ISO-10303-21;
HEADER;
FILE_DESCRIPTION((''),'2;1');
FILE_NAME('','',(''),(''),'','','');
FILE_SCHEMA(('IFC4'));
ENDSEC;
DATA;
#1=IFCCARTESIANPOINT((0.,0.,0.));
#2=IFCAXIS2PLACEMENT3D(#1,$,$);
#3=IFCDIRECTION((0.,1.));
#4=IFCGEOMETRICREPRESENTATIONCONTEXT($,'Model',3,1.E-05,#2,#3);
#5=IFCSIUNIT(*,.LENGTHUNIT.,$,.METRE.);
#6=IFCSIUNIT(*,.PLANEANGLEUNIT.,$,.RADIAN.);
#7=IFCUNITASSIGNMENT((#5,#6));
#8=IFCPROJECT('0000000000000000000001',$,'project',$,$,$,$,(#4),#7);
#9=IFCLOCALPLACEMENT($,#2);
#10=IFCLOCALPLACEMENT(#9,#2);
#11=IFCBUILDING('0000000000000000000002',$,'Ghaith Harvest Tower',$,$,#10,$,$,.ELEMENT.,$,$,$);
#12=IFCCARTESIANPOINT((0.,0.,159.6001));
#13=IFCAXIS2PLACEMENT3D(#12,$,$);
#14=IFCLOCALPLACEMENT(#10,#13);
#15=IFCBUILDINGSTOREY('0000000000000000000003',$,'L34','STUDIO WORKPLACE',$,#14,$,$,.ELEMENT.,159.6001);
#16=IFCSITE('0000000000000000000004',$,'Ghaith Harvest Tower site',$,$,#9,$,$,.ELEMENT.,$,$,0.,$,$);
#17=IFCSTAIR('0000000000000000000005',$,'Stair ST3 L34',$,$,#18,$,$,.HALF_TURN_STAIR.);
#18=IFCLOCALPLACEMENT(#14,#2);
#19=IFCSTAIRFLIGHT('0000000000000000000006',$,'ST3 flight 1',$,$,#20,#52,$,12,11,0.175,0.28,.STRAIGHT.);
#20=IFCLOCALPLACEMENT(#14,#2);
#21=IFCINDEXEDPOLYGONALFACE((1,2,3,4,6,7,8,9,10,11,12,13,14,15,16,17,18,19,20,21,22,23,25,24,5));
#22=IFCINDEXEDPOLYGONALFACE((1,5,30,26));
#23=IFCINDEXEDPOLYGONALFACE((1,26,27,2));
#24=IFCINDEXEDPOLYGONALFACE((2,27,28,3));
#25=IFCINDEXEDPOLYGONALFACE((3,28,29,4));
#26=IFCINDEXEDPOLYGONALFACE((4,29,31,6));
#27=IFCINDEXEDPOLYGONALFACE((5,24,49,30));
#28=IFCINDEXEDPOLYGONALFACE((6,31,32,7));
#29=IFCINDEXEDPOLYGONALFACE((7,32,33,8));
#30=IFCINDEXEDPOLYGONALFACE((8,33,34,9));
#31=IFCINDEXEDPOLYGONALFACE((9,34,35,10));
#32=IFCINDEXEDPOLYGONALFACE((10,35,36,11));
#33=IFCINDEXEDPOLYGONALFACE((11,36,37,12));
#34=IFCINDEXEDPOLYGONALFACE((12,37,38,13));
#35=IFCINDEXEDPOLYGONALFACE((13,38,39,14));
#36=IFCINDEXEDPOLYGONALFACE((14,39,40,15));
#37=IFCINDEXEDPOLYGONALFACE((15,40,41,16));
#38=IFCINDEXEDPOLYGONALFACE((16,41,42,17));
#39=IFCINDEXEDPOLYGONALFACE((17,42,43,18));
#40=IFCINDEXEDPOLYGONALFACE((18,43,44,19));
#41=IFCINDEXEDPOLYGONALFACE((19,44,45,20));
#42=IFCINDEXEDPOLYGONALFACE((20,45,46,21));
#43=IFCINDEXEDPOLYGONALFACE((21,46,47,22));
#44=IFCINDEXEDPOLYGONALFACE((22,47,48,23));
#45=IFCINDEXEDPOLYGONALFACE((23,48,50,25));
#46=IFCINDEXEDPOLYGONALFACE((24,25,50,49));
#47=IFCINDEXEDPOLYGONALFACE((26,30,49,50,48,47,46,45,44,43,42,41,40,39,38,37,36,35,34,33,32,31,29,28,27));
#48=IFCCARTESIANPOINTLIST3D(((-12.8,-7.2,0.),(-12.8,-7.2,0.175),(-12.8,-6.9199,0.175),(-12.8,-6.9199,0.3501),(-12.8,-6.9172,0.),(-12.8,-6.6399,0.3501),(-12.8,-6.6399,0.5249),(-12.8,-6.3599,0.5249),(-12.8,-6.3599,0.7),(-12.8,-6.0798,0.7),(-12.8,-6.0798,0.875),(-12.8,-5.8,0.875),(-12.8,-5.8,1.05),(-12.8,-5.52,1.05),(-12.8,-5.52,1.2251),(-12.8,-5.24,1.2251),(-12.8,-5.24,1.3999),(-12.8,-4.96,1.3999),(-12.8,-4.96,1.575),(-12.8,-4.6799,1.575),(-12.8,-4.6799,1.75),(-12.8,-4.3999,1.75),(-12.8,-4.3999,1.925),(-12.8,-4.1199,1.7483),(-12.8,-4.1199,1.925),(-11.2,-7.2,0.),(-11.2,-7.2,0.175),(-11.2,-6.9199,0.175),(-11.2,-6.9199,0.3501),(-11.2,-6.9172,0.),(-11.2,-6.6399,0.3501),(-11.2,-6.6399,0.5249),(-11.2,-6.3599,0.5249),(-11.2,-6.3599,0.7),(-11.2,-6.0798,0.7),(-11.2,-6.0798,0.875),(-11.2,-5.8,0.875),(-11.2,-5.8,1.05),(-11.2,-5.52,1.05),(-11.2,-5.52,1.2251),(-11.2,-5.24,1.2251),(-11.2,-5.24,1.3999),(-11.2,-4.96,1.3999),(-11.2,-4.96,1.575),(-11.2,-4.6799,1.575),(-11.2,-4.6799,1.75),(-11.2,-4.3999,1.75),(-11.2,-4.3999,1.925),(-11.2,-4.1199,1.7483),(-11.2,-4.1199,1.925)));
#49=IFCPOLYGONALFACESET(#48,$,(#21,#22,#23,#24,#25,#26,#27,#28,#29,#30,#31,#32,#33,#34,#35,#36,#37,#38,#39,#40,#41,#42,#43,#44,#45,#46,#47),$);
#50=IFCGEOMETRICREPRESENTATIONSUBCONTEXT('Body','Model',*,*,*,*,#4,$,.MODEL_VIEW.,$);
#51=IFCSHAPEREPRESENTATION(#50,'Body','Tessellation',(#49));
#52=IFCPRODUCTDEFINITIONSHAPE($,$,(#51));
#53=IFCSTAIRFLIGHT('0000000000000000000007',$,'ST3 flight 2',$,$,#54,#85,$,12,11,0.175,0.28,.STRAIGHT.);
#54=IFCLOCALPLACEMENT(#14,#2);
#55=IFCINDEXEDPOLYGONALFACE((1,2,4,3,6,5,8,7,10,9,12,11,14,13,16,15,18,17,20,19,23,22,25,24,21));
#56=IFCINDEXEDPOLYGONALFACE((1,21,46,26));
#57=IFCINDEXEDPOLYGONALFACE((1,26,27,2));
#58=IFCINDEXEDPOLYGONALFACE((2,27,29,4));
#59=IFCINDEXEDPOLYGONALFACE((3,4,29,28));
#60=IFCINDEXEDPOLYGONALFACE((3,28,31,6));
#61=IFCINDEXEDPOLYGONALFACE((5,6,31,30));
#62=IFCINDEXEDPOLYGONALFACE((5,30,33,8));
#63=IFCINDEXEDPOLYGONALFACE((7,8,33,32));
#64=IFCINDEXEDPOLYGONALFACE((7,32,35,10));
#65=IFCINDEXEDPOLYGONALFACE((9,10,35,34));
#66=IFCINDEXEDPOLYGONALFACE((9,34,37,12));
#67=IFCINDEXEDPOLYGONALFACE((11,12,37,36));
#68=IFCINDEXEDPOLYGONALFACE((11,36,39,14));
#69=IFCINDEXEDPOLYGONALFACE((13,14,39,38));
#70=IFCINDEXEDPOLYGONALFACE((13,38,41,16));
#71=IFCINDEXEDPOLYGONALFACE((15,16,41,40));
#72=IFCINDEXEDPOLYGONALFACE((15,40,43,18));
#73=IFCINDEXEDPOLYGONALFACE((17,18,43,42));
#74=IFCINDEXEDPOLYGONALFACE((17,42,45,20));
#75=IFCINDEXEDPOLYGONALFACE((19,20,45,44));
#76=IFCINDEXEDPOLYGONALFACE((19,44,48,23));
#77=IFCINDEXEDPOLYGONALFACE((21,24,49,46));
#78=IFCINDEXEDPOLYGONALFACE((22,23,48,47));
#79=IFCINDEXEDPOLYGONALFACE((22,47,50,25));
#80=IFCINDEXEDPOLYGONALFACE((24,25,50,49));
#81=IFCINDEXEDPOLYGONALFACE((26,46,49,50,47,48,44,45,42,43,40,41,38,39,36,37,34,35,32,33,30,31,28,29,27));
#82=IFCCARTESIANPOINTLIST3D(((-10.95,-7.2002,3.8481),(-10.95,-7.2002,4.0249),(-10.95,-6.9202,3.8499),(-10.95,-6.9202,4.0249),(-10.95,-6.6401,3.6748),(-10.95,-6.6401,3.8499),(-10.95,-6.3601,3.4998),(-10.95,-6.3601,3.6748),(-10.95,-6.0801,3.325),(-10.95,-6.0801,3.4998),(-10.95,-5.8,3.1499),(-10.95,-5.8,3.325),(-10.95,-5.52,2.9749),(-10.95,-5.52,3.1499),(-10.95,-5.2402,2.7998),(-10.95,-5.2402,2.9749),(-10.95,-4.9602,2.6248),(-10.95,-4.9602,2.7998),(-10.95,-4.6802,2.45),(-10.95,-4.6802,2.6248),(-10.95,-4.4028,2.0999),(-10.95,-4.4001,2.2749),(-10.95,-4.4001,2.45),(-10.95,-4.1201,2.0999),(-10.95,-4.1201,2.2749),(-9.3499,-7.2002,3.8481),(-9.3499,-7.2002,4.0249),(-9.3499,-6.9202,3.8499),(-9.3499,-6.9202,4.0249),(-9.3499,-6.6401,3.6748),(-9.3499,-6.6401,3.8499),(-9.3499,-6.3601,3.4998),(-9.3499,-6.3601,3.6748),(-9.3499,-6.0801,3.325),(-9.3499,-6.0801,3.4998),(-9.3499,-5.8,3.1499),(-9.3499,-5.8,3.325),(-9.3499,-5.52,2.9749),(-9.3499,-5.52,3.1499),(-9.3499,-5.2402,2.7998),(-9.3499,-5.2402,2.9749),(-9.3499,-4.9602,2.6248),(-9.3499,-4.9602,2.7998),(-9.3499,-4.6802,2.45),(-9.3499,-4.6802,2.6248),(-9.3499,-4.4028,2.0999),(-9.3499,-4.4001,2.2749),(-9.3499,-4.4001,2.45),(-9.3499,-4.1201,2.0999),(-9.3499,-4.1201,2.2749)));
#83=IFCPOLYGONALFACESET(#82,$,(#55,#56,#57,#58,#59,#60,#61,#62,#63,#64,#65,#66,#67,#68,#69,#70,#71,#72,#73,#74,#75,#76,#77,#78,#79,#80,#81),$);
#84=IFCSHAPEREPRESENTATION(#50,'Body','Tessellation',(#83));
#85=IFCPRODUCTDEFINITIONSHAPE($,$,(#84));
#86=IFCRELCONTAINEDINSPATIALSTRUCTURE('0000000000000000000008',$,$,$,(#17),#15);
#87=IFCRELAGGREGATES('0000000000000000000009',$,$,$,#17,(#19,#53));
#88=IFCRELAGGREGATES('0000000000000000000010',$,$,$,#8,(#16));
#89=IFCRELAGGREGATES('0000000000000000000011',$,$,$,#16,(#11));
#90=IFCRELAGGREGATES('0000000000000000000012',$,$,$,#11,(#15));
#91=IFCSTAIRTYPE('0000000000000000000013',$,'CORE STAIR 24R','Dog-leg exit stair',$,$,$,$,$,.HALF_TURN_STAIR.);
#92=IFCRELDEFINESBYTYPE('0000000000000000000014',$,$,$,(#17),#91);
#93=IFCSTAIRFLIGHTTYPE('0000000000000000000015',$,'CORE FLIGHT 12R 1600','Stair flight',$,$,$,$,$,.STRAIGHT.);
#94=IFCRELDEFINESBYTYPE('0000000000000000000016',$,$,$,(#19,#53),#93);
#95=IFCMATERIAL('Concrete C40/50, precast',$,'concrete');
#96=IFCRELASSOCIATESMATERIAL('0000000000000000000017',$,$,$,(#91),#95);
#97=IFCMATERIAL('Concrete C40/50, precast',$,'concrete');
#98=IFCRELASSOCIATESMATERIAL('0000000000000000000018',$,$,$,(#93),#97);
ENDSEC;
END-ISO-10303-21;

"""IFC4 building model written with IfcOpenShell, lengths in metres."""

from ifc_helpers import new_model, si_unit, direction, frame, origin, place, context, subcontext, project, spatial, polyline, outline, extrude, material, type_object, element, aggregate, save


model = new_model("IFC4")

# Units and contexts
model_context = context("Model", 3, precision=1e-05, world=origin(), true_north=direction((0.0, 1.0)))
body_context = subcontext(model_context, "Body", "Model", "MODEL_VIEW")
ifc_project = project(units=[si_unit("LENGTHUNIT", "METRE"), si_unit("PLANEANGLEUNIT", "RADIAN")], contexts=[model_context])

# Site, building, storey
site_placement = place(None, origin())
site = spatial("IfcSite", under=ifc_project, at=site_placement, Name="Ghaith Harvest Tower site", CompositionType="ELEMENT", RefElevation=0.0)
building_placement = place(site_placement, origin())
building = spatial("IfcBuilding", under=site, at=building_placement, Name="Ghaith Harvest Tower", CompositionType="ELEMENT")
storey_placement = place(building_placement, frame((0.0, 0.0, 159.6001)))
storey = spatial("IfcBuildingStorey", under=building, at=storey_placement, Name="L34", Description="STUDIO WORKPLACE", CompositionType="ELEMENT", Elevation=159.6001)

# Stair, stair flights
ifc_material_1 = material(Name="Concrete C40/50, precast", Category="concrete")
stair_type = type_object("IfcStairType", Name="CORE STAIR 24R", Description="Dog-leg exit stair", PredefinedType="HALF_TURN_STAIR", material=ifc_material_1)
stair_placement = place(storey_placement, origin())
stair = element("IfcStair", 1, at=stair_placement, inside=storey, type_object=stair_type, Name="Stair ST3 L34", PredefinedType="HALF_TURN_STAIR")
ifc_material_2 = material(Name="Concrete C40/50, precast", Category="concrete")
stair_flight_type = type_object("IfcStairFlightType", Name="CORE FLIGHT 12R 1600", Description="Stair flight", PredefinedType="STRAIGHT", material=ifc_material_2)
stair_flight_1_placement = place(storey_placement, frame((-12.0, -7.2, 0.0), z_axis=(0.0, 0.0, 1.0), x_axis=(0.0, 1.0, 0.0)))
stair_flight_1 = element("IfcStairFlight", 2, at=stair_flight_1_placement, type_object=stair_flight_type, Name="ST3 flight 1", NumberOfRisers=12, NumberOfTreads=11, PredefinedType="STRAIGHT", RiserHeight=0.175, TreadLength=0.28, context=body_context, shape_type="SweptSolid", body=[
    extrude(outline(polyline([(0.0, 0.0), (0.0, 0.175), (0.28, 0.175), (0.28, 0.3501), (0.5601, 0.3501), (0.5601, 0.5249), (0.8401, 0.5249), (0.8401, 0.7), (1.1201, 0.7), (1.1201, 0.875), (1.3999, 0.875), (1.3999, 1.05), (1.6799, 1.05), (1.6799, 1.2251), (1.96, 1.2251), (1.96, 1.3999), (2.24, 1.3999), (2.24, 1.575), (2.52, 1.575), (2.52, 1.75), (2.8, 1.75), (2.8, 1.925), (3.0801, 1.925), (3.0801, 2.1001), (3.0801, 1.7483), (0.2827, 0.0), (0.0, 0.0)])), frame((0.0, 0.8, 0.0), z_axis=(0.0, -1.0, 0.0), x_axis=(1.0, 0.0, 0.0)), (0.0, 0.0, 1.0), 1.6001),
])
stair_flight_2_placement = place(storey_placement, frame((-10.1499, -4.1201, 2.0999), z_axis=(0.0, 0.0, 1.0), x_axis=(0.0, -1.0, 0.0)))
stair_flight_2 = element("IfcStairFlight", 3, at=stair_flight_2_placement, type_object=stair_flight_type, Name="ST3 flight 2", NumberOfRisers=12, NumberOfTreads=11, PredefinedType="STRAIGHT", RiserHeight=0.175, TreadLength=0.28, context=body_context, shape_type="SweptSolid", body=[
    extrude(outline(polyline([(0.0, 0.0), (0.0, 0.175), (0.28, 0.175), (0.28, 0.3501), (0.5601, 0.3501), (0.5601, 0.5249), (0.8401, 0.5249), (0.8401, 0.7), (1.1201, 0.7), (1.1201, 0.875), (1.3999, 0.875), (1.3999, 1.05), (1.6799, 1.05), (1.6799, 1.2251), (1.96, 1.2251), (1.96, 1.3999), (2.24, 1.3999), (2.24, 1.575), (2.52, 1.575), (2.52, 1.75), (2.8, 1.75), (2.8, 1.925), (3.0801, 1.925), (3.0801, 2.1001), (3.0801, 1.7483), (0.2827, 0.0), (0.0, 0.0)])), frame((0.0, 0.8, 0.0), z_axis=(0.0, -1.0, 0.0), x_axis=(1.0, 0.0, 0.0)), (0.0, 0.0, 1.0), 1.6001),
])
aggregate(stair, [stair_flight_1, stair_flight_2])

save(model, "model.ifc")
